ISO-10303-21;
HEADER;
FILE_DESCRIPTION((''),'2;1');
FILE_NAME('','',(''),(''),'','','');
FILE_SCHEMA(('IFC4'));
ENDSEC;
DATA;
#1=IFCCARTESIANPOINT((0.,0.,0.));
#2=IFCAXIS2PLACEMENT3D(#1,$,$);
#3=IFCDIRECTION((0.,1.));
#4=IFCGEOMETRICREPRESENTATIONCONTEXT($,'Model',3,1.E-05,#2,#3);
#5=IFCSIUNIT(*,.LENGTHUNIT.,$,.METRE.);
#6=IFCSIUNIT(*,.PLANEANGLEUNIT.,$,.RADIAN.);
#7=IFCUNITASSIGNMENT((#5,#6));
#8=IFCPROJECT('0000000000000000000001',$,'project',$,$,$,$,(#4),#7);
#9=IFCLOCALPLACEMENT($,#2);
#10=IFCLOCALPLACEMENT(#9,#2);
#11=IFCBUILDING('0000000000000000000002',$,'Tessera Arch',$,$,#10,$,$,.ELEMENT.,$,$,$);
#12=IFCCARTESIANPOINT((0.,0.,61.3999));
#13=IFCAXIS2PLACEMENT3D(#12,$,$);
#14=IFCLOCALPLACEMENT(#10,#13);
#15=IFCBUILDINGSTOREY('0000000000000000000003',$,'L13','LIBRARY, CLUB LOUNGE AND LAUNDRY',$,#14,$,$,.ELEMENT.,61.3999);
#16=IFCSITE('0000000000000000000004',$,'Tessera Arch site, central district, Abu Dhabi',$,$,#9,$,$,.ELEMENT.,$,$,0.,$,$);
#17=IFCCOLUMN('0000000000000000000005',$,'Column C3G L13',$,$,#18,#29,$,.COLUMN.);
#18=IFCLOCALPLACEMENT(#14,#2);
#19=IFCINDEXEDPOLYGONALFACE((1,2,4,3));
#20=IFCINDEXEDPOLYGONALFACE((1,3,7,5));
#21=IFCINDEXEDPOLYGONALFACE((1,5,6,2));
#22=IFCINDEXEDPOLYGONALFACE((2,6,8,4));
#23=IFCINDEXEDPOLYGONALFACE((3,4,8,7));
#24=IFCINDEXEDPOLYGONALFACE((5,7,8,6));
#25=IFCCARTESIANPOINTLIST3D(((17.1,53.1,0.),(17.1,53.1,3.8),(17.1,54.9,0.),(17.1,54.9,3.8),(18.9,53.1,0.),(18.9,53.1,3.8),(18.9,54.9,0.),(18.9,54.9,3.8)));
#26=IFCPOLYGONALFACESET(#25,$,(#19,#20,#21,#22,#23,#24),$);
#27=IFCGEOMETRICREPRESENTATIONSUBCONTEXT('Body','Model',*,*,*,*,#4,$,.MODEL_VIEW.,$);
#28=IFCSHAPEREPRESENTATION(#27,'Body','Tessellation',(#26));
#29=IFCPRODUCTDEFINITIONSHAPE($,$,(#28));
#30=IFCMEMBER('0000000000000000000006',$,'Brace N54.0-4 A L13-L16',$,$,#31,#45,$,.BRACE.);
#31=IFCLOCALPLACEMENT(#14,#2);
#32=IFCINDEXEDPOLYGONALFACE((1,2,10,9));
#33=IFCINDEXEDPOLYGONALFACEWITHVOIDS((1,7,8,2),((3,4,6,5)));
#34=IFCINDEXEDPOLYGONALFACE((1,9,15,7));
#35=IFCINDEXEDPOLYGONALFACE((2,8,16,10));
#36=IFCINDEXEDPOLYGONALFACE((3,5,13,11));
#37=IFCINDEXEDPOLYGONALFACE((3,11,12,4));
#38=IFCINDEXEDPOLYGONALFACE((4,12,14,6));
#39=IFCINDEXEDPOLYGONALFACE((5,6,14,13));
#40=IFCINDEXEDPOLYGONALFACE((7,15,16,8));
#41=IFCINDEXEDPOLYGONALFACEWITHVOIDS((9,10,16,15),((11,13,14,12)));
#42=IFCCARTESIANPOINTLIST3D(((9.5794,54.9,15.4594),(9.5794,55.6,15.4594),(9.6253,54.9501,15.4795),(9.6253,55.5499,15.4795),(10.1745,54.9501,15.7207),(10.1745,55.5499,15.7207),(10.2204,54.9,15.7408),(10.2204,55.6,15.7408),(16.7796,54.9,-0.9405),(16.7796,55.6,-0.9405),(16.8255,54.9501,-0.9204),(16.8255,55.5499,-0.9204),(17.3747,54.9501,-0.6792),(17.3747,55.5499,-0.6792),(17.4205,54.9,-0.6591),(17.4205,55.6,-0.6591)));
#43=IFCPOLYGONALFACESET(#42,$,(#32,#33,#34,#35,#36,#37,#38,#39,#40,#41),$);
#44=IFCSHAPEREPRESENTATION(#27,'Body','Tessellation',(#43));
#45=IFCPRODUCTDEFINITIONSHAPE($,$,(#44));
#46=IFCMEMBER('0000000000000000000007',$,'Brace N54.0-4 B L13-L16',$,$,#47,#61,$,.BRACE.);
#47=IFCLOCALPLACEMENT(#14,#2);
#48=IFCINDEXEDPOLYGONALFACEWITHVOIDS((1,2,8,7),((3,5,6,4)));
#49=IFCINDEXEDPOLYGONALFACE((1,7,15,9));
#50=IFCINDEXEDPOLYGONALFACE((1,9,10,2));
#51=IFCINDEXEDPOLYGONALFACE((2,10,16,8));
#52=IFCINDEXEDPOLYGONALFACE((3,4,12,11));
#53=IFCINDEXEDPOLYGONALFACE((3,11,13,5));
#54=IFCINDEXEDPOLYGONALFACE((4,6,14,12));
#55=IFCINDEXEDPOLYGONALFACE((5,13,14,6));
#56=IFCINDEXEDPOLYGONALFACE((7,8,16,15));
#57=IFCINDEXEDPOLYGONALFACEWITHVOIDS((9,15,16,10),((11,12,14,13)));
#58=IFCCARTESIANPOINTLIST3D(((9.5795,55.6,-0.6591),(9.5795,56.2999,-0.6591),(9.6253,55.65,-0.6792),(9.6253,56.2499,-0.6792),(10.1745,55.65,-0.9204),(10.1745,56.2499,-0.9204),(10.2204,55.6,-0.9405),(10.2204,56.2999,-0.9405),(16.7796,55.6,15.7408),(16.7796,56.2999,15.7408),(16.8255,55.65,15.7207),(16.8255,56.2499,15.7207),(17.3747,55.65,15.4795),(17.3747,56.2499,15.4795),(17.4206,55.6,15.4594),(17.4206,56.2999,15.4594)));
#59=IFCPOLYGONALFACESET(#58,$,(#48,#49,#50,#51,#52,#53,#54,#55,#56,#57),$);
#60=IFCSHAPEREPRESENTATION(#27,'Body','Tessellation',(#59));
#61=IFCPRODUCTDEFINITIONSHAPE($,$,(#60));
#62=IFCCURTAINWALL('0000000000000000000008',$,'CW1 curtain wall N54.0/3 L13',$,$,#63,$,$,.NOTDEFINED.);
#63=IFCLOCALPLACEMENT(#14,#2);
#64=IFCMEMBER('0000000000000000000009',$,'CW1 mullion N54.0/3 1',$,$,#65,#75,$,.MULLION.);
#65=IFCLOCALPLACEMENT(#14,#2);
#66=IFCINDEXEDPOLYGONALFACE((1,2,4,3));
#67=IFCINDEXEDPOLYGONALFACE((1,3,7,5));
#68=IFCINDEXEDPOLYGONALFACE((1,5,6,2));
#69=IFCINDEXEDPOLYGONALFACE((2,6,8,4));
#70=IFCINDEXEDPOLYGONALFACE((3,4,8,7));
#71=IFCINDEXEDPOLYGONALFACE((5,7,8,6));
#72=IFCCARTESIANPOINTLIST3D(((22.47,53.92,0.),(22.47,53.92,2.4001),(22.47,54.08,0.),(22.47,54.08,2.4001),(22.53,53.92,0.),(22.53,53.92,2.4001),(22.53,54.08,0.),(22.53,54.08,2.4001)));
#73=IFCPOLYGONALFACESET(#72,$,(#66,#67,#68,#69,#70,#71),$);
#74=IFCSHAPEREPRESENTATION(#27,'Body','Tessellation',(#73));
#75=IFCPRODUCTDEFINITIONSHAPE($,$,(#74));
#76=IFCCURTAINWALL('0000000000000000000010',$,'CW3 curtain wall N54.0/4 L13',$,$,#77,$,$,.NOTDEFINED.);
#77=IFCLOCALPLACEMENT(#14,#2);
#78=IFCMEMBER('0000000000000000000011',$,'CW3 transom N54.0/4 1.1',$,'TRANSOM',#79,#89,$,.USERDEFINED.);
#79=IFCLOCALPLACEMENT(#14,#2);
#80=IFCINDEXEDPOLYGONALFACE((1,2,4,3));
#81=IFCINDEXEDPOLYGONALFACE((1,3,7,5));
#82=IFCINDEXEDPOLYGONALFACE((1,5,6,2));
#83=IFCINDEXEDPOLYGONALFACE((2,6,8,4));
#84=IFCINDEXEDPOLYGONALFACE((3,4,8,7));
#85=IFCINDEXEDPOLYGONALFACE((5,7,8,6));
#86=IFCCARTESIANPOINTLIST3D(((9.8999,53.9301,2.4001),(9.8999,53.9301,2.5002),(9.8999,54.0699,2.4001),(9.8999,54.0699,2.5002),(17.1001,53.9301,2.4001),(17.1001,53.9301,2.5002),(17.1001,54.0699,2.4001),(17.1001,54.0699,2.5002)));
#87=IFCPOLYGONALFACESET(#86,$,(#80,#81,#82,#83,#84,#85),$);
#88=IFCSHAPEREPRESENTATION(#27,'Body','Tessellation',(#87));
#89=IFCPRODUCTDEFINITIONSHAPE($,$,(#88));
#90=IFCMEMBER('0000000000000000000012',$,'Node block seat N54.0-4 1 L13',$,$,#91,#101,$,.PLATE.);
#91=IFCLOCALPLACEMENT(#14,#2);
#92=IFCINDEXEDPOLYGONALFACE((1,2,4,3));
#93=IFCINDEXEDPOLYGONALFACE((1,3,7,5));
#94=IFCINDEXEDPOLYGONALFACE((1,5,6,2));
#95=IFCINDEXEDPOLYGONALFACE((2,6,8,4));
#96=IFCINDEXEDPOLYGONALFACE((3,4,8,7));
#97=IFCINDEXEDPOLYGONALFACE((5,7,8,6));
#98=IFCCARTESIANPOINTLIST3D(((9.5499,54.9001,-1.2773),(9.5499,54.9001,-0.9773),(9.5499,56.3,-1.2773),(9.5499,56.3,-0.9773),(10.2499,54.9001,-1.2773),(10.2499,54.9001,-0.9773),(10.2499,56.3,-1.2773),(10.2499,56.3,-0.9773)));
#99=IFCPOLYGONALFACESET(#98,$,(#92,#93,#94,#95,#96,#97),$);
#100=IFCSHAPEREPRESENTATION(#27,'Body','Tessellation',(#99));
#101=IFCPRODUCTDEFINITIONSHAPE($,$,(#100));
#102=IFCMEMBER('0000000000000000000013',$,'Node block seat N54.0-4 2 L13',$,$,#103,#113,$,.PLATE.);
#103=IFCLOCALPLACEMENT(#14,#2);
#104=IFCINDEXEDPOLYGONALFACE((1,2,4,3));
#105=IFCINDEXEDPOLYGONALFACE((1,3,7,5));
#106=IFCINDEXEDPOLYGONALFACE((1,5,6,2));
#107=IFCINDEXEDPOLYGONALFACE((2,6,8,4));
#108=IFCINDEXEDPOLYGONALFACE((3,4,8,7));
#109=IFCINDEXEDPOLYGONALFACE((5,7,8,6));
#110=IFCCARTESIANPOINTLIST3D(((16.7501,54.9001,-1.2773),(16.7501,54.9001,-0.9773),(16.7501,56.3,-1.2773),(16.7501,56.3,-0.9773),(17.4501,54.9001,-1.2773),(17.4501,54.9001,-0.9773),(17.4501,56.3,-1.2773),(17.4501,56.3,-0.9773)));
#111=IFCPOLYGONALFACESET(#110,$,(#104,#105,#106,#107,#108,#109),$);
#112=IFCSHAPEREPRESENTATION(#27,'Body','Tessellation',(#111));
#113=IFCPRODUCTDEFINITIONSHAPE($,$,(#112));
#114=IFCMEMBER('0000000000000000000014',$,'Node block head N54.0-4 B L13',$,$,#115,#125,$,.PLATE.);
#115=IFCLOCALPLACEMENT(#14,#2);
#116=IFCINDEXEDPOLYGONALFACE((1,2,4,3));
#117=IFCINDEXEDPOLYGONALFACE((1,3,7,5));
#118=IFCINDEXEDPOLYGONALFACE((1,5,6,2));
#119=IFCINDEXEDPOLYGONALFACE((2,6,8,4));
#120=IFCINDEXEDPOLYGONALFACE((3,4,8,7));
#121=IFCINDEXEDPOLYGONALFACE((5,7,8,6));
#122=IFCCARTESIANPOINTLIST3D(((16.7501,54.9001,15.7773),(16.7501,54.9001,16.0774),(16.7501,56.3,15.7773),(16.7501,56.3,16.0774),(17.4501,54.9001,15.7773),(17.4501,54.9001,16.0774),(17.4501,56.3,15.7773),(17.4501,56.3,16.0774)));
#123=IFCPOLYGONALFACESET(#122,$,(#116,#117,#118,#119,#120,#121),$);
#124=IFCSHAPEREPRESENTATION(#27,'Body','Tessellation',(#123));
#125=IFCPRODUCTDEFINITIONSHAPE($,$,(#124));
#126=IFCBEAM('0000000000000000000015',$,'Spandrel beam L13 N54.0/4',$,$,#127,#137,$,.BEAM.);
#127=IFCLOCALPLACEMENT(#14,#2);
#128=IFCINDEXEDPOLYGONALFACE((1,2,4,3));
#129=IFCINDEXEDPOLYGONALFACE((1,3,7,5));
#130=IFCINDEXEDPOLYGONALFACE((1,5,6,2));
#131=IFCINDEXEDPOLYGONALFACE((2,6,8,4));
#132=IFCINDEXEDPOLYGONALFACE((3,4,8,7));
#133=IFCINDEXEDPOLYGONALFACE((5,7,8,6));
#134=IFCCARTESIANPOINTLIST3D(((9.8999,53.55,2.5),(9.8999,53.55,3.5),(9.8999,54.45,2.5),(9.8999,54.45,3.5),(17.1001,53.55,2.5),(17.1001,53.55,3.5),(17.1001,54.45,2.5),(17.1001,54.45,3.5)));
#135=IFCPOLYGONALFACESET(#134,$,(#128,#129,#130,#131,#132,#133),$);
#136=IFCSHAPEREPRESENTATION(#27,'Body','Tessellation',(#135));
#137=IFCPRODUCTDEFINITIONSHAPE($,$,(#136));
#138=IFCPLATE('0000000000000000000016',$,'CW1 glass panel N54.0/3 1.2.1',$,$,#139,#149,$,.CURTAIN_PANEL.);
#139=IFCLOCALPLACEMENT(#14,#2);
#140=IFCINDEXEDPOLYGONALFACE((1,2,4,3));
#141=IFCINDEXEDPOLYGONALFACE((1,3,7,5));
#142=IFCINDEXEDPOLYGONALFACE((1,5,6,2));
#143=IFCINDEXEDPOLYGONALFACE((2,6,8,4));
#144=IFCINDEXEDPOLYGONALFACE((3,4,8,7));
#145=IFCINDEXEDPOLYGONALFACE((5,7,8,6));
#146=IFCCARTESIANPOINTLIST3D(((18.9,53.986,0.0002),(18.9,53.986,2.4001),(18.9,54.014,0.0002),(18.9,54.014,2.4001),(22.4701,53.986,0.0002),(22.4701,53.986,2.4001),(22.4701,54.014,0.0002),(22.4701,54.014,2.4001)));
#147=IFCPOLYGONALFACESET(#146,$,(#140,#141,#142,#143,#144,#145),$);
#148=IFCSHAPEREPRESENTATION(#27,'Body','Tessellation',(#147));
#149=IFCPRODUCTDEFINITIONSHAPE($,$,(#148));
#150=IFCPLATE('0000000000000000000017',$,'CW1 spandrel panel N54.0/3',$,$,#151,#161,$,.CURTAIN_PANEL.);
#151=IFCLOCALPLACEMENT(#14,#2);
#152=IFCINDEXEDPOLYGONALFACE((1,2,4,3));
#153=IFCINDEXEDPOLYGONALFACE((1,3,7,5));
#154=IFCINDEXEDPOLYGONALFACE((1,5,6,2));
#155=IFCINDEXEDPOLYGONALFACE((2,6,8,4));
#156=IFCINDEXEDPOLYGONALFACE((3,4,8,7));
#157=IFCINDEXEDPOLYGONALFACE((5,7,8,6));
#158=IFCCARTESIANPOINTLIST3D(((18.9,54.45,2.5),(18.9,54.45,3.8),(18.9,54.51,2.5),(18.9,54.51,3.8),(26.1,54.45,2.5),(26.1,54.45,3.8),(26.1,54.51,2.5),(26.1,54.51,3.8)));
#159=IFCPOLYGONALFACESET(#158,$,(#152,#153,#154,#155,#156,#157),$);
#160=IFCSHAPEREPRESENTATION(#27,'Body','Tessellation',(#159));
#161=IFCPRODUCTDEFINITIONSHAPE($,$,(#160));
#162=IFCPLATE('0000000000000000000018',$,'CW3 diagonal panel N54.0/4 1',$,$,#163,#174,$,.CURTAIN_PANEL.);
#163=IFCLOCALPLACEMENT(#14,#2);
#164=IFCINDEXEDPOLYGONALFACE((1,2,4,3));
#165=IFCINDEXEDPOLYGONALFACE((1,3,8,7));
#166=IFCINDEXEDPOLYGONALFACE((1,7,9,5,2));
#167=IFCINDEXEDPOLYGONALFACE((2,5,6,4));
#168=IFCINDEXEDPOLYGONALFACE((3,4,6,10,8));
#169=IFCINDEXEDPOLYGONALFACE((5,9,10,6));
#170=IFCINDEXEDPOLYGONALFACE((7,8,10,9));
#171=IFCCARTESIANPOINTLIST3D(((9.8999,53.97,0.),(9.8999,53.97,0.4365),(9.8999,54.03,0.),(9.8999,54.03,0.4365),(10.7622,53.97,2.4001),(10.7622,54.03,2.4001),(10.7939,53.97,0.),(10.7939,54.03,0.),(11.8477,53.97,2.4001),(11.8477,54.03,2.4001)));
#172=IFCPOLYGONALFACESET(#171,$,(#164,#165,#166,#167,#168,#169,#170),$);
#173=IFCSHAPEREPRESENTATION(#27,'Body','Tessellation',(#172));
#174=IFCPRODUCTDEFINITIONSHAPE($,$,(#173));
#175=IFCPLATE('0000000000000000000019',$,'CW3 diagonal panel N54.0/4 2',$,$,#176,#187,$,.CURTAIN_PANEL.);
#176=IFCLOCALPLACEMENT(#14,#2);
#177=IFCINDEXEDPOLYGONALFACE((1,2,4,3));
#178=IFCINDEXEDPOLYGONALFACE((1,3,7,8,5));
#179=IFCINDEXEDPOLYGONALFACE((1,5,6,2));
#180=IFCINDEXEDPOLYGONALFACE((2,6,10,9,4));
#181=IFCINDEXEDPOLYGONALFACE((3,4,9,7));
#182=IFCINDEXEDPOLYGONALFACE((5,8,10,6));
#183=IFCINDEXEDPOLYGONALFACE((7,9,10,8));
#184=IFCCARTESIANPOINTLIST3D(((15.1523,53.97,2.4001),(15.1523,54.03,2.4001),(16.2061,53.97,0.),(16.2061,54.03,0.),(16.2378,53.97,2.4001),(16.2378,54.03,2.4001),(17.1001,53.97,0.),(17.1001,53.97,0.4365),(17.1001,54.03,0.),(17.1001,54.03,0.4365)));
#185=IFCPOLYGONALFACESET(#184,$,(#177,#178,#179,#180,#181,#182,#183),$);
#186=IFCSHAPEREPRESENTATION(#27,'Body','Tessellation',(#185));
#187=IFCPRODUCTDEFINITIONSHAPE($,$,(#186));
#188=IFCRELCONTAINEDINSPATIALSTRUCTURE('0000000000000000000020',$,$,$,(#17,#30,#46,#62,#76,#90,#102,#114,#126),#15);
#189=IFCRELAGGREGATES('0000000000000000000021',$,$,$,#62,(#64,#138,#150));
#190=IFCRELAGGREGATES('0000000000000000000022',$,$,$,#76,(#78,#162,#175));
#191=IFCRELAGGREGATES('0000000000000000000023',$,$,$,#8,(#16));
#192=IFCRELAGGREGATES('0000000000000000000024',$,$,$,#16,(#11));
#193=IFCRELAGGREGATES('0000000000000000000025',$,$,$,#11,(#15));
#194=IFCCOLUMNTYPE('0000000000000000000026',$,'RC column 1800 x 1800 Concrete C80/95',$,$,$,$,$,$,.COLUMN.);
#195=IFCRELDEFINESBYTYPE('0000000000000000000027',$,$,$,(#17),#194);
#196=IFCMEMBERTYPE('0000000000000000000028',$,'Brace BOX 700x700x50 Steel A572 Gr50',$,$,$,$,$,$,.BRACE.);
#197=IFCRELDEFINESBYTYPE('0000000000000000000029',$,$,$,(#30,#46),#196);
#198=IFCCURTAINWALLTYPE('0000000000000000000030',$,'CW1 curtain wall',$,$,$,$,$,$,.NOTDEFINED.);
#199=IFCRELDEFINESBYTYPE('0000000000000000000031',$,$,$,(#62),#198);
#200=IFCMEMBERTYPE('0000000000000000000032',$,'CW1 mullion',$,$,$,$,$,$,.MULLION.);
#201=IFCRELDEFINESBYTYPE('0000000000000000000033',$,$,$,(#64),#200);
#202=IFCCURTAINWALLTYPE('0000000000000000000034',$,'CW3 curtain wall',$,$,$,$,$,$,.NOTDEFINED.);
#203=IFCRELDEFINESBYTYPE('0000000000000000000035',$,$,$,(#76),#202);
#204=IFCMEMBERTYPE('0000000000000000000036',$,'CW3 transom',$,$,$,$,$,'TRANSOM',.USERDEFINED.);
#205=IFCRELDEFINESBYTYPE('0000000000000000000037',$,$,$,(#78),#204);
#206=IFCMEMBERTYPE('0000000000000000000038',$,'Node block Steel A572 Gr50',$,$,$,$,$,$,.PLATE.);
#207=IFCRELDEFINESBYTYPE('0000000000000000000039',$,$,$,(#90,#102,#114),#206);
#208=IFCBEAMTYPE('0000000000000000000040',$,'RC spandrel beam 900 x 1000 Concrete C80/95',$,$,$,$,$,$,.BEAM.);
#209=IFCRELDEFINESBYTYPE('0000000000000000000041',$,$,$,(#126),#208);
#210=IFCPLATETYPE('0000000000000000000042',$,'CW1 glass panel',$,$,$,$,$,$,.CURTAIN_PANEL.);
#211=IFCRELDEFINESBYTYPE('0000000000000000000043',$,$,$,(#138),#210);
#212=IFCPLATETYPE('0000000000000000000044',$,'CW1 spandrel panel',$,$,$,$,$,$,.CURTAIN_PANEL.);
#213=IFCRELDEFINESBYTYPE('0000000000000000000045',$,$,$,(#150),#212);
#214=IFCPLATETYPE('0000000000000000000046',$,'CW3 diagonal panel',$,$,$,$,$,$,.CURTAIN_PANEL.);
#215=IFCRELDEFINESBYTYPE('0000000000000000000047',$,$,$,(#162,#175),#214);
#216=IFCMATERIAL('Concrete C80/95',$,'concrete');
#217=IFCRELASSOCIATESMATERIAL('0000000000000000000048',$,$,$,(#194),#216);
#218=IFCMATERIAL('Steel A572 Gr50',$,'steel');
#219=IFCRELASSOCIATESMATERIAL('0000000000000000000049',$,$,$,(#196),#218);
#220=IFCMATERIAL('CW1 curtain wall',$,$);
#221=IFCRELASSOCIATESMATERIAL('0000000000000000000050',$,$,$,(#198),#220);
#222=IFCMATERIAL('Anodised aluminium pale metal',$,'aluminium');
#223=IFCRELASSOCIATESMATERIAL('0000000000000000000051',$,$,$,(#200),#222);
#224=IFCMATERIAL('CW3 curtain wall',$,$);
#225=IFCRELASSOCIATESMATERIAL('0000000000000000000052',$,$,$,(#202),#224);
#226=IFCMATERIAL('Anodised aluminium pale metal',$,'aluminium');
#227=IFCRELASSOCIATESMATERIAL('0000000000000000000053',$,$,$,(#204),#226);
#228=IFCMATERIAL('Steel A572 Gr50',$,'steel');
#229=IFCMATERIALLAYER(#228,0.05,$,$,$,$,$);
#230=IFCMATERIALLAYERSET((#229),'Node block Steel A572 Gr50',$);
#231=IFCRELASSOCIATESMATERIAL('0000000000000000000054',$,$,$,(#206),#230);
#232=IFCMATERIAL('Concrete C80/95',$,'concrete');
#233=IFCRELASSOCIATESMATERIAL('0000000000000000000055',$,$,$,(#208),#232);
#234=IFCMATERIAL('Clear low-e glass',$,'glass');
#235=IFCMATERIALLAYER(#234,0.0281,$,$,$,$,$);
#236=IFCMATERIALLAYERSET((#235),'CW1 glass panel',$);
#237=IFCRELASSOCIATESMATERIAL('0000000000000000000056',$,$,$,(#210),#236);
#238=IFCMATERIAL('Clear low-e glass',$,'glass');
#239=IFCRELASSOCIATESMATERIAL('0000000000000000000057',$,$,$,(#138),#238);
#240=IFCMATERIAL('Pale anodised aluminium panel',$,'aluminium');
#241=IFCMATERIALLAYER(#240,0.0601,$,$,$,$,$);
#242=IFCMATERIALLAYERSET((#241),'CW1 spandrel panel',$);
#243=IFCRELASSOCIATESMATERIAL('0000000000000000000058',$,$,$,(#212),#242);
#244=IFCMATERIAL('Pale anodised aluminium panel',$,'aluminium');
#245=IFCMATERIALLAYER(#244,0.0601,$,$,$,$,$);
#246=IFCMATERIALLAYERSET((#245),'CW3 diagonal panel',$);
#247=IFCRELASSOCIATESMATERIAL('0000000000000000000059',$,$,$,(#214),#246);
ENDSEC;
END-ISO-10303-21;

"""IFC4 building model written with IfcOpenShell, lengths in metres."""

from ifc_helpers import new_model, si_unit, direction, frame, origin, origin_2d, place, context, subcontext, project, spatial, polyline, rectangle, hollow_rectangle, outline, extrude, material, layer, layer_set, material_profile, profile_set, type_object, element, aggregate, save


model = new_model("IFC4")

# Units and contexts
model_context = context("Model", 3, precision=1e-05, world=origin(), true_north=direction((0.0, 1.0)))
body_context = subcontext(model_context, "Body", "Model", "MODEL_VIEW")
ifc_project = project(units=[si_unit("LENGTHUNIT", "METRE"), si_unit("PLANEANGLEUNIT", "RADIAN")], contexts=[model_context])

# Site, building, storey
site_placement = place(None, origin())
site = spatial("IfcSite", under=ifc_project, at=site_placement, Name="Tessera Arch site, central district, Abu Dhabi", CompositionType="ELEMENT", RefElevation=0.0)
building_placement = place(site_placement, origin())
building = spatial("IfcBuilding", under=site, at=building_placement, Name="Tessera Arch", CompositionType="ELEMENT")
storey_placement = place(building_placement, frame((0.0, 0.0, 61.3999)))
storey = spatial("IfcBuildingStorey", under=building, at=storey_placement, Name="L13", Description="LIBRARY, CLUB LOUNGE AND LAUNDRY", CompositionType="ELEMENT", Elevation=61.3999)

# Column
ifc_material_1 = material(Name="Concrete C80/95", Category="concrete")
ifc_material_profile_1 = material_profile(ifc_material_1, rectangle(XDim=1.8, YDim=1.8, at=origin_2d()), Name="RC column 1800 x 1800 Concrete C80/95")
ifc_profile_set_1 = profile_set([ifc_material_profile_1], Name="Concrete C80/95")
column_type = type_object("IfcColumnType", Name="RC column 1800 x 1800 Concrete C80/95", PredefinedType="COLUMN", material=ifc_profile_set_1)
column_placement = place(storey_placement, frame((18.0, 54.0, 0.0), z_axis=(0.0, 0.0, 1.0), x_axis=(1.0, 0.0, 0.0)))
element("IfcColumn", 1, at=column_placement, inside=storey, type_object=column_type, Name="Column C3G L13", PredefinedType="COLUMN", context=body_context, shape_type="SweptSolid", body=[
    extrude(rectangle(XDim=1.8, YDim=1.8, at=origin_2d()), origin(), (0.0, 0.0, 1.0), 3.8),
])

# Members
ifc_material_2 = material(Name="Steel A572 Gr50", Category="steel")
ifc_material_profile_2 = material_profile(ifc_material_2, hollow_rectangle(XDim=0.7, YDim=0.7, WallThickness=0.05, at=origin_2d()), Name="BOX 700x700x50")
ifc_profile_set_2 = profile_set([ifc_material_profile_2], Name="Steel A572 Gr50")
member_type_1 = type_object("IfcMemberType", Name="Brace BOX 700x700x50 Steel A572 Gr50", PredefinedType="BRACE", material=ifc_profile_set_2)
for number, where, z_axis, x_axis, name in (
    (2, (17.1001, 55.25, -0.7998), (-0.402001, 0.0, 0.915639), (0.0, -1.0, 0.0), "Brace N54.0-4 A L13-L16"),
    (3, (9.8999, 55.95, -0.7998), (0.402001, 0.0, 0.915639), (0.0, 1.0, 0.0), "Brace N54.0-4 B L13-L16"),
):
    element("IfcMember", number, at=place(storey_placement, frame(where, z_axis=z_axis, x_axis=x_axis)), inside=storey, type_object=member_type_1, Name=name, PredefinedType="BRACE", context=body_context, shape_type="SweptSolid", body=[
        extrude(hollow_rectangle(XDim=0.7, YDim=0.7, WallThickness=0.05, at=origin_2d()), origin(), (0.0, 0.0, 1.0), 17.9109),
    ])

# Curtain walls, members
ifc_material_3 = material(Name="CW1 curtain wall")
curtain_wall_type_1 = type_object("IfcCurtainWallType", Name="CW1 curtain wall", PredefinedType="NOTDEFINED", material=ifc_material_3)
curtain_wall_1_placement = place(storey_placement, origin())
curtain_wall_1 = element("IfcCurtainWall", 4, at=curtain_wall_1_placement, inside=storey, type_object=curtain_wall_type_1, Name="CW1 curtain wall N54.0/3 L13", PredefinedType="NOTDEFINED")
ifc_material_4 = material(Name="Anodised aluminium pale metal", Category="aluminium")
ifc_material_profile_3 = material_profile(ifc_material_4, rectangle(XDim=0.1599, YDim=0.0601, at=origin_2d()), Name="AL 60x160")
ifc_profile_set_3 = profile_set([ifc_material_profile_3], Name="Anodised aluminium pale metal")
member_type_2 = type_object("IfcMemberType", Name="CW1 mullion", PredefinedType="MULLION", material=ifc_profile_set_3)
member_1_placement = place(storey_placement, frame((22.5, 54.0, 0.0), z_axis=(0.0, 0.0, 1.0), x_axis=(0.0, -1.0, 0.0)))
member_1 = element("IfcMember", 5, at=member_1_placement, type_object=member_type_2, Name="CW1 mullion N54.0/3 1", PredefinedType="MULLION", context=body_context, shape_type="SweptSolid", body=[
    extrude(rectangle(XDim=0.1599, YDim=0.0601, at=origin_2d()), origin(), (0.0, 0.0, 1.0), 2.4001),
])
ifc_material_5 = material(Name="CW3 curtain wall")
curtain_wall_type_2 = type_object("IfcCurtainWallType", Name="CW3 curtain wall", PredefinedType="NOTDEFINED", material=ifc_material_5)
curtain_wall_2_placement = place(storey_placement, origin())
curtain_wall_2 = element("IfcCurtainWall", 6, at=curtain_wall_2_placement, inside=storey, type_object=curtain_wall_type_2, Name="CW3 curtain wall N54.0/4 L13", PredefinedType="NOTDEFINED")
ifc_material_6 = material(Name="Anodised aluminium pale metal", Category="aluminium")
ifc_material_profile_4 = material_profile(ifc_material_6, rectangle(XDim=0.1399, YDim=0.1001, at=origin_2d()), Name="AL 140x100")
ifc_profile_set_4 = profile_set([ifc_material_profile_4], Name="Anodised aluminium pale metal")
member_type_3 = type_object("IfcMemberType", Name="CW3 transom", ElementType="TRANSOM", PredefinedType="USERDEFINED", material=ifc_profile_set_4)
member_2_placement = place(storey_placement, frame((17.1001, 54.0, 2.4502), z_axis=(-1.0, 0.0, 0.0), x_axis=(0.0, -1.0, 0.0)))
member_2 = element("IfcMember", 7, at=member_2_placement, type_object=member_type_3, Name="CW3 transom N54.0/4 1.1", ObjectType="TRANSOM", PredefinedType="USERDEFINED", context=body_context, shape_type="SweptSolid", body=[
    extrude(rectangle(XDim=0.1399, YDim=0.1001, at=origin_2d()), origin(), (0.0, 0.0, 1.0), 7.2002),
])

# Members
ifc_material_7 = material(Name="Steel A572 Gr50", Category="steel")
ifc_layer_1 = layer(ifc_material_7, 0.05)
ifc_layer_set_1 = layer_set([ifc_layer_1], Name="Node block Steel A572 Gr50")
member_type_4 = type_object("IfcMemberType", Name="Node block Steel A572 Gr50", PredefinedType="PLATE", material=ifc_layer_set_1)
for number, where, z_axis, x_axis, name in (
    (8, (9.8999, 55.6001, -1.2773), (0.0, 0.0, 1.0), (-1.0, 0.0, 0.0), "Node block seat N54.0-4 1 L13"),
    (9, (17.1001, 55.6001, -1.2773), (0.0, 0.0, 1.0), (-1.0, 0.0, 0.0), "Node block seat N54.0-4 2 L13"),
    (10, (17.1001, 55.6001, 15.7773), (0.0, 0.0, 1.0), (-1.0, 0.0, 0.0), "Node block head N54.0-4 B L13"),
):
    element("IfcMember", number, at=place(storey_placement, frame(where, z_axis=z_axis, x_axis=x_axis)), inside=storey, type_object=member_type_4, Name=name, PredefinedType="PLATE", context=body_context, shape_type="SweptSolid", body=[
        extrude(rectangle(XDim=0.7, YDim=1.3999, at=origin_2d()), origin(), (0.0, 0.0, 1.0), 0.3),
    ])

# Beam
ifc_material_8 = material(Name="Concrete C80/95", Category="concrete")
ifc_material_profile_5 = material_profile(ifc_material_8, rectangle(XDim=0.8999, YDim=1.0, at=origin_2d()), Name="RC spandrel beam 900 x 1000 Concrete C80/95")
ifc_profile_set_5 = profile_set([ifc_material_profile_5], Name="Concrete C80/95")
beam_type = type_object("IfcBeamType", Name="RC spandrel beam 900 x 1000 Concrete C80/95", PredefinedType="BEAM", material=ifc_profile_set_5)
beam_placement = place(storey_placement, frame((17.1001, 54.0, 3.0), z_axis=(-1.0, 0.0, 0.0), x_axis=(0.0, -1.0, 0.0)))
element("IfcBeam", 11, at=beam_placement, inside=storey, type_object=beam_type, Name="Spandrel beam L13 N54.0/4", PredefinedType="BEAM", context=body_context, shape_type="SweptSolid", body=[
    extrude(rectangle(XDim=0.8999, YDim=1.0, at=origin_2d()), origin(), (0.0, 0.0, 1.0), 7.2002),
])

# Plates
ifc_material_9 = material(Name="Clear low-e glass", Category="glass")
ifc_material_10 = material(Name="Clear low-e glass", Category="glass")
ifc_layer_2 = layer(ifc_material_10, 0.0281)
ifc_layer_set_2 = layer_set([ifc_layer_2], Name="CW1 glass panel")
plate_type_1 = type_object("IfcPlateType", Name="CW1 glass panel", PredefinedType="CURTAIN_PANEL", material=ifc_layer_set_2)
plate_1_placement = place(storey_placement, frame((20.6851, 54.0, 0.0002), z_axis=(0.0, 0.0, 1.0), x_axis=(-1.0, 0.0, 0.0)))
plate_1 = element("IfcPlate", 12, at=plate_1_placement, type_object=plate_type_1, material=ifc_material_9, Name="CW1 glass panel N54.0/3 1.2.1", PredefinedType="CURTAIN_PANEL", context=body_context, shape_type="SweptSolid", body=[
    extrude(rectangle(XDim=3.5701, YDim=0.0281, at=origin_2d()), origin(), (0.0, 0.0, 1.0), 2.3999),
])
ifc_material_11 = material(Name="Pale anodised aluminium panel", Category="aluminium")
ifc_layer_3 = layer(ifc_material_11, 0.0601)
ifc_layer_set_3 = layer_set([ifc_layer_3], Name="CW1 spandrel panel")
plate_type_2 = type_object("IfcPlateType", Name="CW1 spandrel panel", PredefinedType="CURTAIN_PANEL", material=ifc_layer_set_3)
plate_2_placement = place(storey_placement, frame((22.5, 54.48, 2.5), z_axis=(0.0, 0.0, 1.0), x_axis=(-1.0, 0.0, 0.0)))
plate_2 = element("IfcPlate", 13, at=plate_2_placement, type_object=plate_type_2, Name="CW1 spandrel panel N54.0/3", PredefinedType="CURTAIN_PANEL", context=body_context, shape_type="SweptSolid", body=[
    extrude(rectangle(XDim=7.2, YDim=0.0601, at=origin_2d()), origin(), (0.0, 0.0, 1.0), 1.3),
])
aggregate(curtain_wall_1, [member_1, plate_1, plate_2])
ifc_material_12 = material(Name="Pale anodised aluminium panel", Category="aluminium")
ifc_layer_4 = layer(ifc_material_12, 0.0601)
ifc_layer_set_4 = layer_set([ifc_layer_4], Name="CW3 diagonal panel")
plate_type_3 = type_object("IfcPlateType", Name="CW3 diagonal panel", PredefinedType="CURTAIN_PANEL", material=ifc_layer_set_4)
plate_3_placement = place(storey_placement, frame((9.8999, 54.03, 0.0), z_axis=(0.0, 1.0, 0.0), x_axis=(0.0, 0.0, 1.0)))
plate_3 = element("IfcPlate", 14, at=plate_3_placement, type_object=plate_type_3, Name="CW3 diagonal panel N54.0/4 1", PredefinedType="CURTAIN_PANEL", context=body_context, shape_type="SweptSolid", body=[
    extrude(outline(polyline([(0.0, 0.0), (0.4365, 0.0), (2.4001, 0.8623), (2.4001, 1.9478), (0.0, 0.894), (0.0, 0.0)])), origin(), (0.0, 0.0, -1.0), 0.0601),
])
plate_4_placement = place(storey_placement, frame((15.1523, 54.03, 2.4001), z_axis=(0.0, 1.0, 0.0), x_axis=(1.0, 0.0, 0.0)))
plate_4 = element("IfcPlate", 15, at=plate_4_placement, type_object=plate_type_3, Name="CW3 diagonal panel N54.0/4 2", PredefinedType="CURTAIN_PANEL", context=body_context, shape_type="SweptSolid", body=[
    extrude(outline(polyline([(0.0, 0.0), (1.0854, 0.0), (1.9478, 1.9636), (1.9478, 2.4001), (1.0537, 2.4001), (0.0, 0.0)])), origin(), (0.0, 0.0, -1.0), 0.0601),
])
aggregate(curtain_wall_2, [member_2, plate_3, plate_4])

save(model, "model.ifc")
